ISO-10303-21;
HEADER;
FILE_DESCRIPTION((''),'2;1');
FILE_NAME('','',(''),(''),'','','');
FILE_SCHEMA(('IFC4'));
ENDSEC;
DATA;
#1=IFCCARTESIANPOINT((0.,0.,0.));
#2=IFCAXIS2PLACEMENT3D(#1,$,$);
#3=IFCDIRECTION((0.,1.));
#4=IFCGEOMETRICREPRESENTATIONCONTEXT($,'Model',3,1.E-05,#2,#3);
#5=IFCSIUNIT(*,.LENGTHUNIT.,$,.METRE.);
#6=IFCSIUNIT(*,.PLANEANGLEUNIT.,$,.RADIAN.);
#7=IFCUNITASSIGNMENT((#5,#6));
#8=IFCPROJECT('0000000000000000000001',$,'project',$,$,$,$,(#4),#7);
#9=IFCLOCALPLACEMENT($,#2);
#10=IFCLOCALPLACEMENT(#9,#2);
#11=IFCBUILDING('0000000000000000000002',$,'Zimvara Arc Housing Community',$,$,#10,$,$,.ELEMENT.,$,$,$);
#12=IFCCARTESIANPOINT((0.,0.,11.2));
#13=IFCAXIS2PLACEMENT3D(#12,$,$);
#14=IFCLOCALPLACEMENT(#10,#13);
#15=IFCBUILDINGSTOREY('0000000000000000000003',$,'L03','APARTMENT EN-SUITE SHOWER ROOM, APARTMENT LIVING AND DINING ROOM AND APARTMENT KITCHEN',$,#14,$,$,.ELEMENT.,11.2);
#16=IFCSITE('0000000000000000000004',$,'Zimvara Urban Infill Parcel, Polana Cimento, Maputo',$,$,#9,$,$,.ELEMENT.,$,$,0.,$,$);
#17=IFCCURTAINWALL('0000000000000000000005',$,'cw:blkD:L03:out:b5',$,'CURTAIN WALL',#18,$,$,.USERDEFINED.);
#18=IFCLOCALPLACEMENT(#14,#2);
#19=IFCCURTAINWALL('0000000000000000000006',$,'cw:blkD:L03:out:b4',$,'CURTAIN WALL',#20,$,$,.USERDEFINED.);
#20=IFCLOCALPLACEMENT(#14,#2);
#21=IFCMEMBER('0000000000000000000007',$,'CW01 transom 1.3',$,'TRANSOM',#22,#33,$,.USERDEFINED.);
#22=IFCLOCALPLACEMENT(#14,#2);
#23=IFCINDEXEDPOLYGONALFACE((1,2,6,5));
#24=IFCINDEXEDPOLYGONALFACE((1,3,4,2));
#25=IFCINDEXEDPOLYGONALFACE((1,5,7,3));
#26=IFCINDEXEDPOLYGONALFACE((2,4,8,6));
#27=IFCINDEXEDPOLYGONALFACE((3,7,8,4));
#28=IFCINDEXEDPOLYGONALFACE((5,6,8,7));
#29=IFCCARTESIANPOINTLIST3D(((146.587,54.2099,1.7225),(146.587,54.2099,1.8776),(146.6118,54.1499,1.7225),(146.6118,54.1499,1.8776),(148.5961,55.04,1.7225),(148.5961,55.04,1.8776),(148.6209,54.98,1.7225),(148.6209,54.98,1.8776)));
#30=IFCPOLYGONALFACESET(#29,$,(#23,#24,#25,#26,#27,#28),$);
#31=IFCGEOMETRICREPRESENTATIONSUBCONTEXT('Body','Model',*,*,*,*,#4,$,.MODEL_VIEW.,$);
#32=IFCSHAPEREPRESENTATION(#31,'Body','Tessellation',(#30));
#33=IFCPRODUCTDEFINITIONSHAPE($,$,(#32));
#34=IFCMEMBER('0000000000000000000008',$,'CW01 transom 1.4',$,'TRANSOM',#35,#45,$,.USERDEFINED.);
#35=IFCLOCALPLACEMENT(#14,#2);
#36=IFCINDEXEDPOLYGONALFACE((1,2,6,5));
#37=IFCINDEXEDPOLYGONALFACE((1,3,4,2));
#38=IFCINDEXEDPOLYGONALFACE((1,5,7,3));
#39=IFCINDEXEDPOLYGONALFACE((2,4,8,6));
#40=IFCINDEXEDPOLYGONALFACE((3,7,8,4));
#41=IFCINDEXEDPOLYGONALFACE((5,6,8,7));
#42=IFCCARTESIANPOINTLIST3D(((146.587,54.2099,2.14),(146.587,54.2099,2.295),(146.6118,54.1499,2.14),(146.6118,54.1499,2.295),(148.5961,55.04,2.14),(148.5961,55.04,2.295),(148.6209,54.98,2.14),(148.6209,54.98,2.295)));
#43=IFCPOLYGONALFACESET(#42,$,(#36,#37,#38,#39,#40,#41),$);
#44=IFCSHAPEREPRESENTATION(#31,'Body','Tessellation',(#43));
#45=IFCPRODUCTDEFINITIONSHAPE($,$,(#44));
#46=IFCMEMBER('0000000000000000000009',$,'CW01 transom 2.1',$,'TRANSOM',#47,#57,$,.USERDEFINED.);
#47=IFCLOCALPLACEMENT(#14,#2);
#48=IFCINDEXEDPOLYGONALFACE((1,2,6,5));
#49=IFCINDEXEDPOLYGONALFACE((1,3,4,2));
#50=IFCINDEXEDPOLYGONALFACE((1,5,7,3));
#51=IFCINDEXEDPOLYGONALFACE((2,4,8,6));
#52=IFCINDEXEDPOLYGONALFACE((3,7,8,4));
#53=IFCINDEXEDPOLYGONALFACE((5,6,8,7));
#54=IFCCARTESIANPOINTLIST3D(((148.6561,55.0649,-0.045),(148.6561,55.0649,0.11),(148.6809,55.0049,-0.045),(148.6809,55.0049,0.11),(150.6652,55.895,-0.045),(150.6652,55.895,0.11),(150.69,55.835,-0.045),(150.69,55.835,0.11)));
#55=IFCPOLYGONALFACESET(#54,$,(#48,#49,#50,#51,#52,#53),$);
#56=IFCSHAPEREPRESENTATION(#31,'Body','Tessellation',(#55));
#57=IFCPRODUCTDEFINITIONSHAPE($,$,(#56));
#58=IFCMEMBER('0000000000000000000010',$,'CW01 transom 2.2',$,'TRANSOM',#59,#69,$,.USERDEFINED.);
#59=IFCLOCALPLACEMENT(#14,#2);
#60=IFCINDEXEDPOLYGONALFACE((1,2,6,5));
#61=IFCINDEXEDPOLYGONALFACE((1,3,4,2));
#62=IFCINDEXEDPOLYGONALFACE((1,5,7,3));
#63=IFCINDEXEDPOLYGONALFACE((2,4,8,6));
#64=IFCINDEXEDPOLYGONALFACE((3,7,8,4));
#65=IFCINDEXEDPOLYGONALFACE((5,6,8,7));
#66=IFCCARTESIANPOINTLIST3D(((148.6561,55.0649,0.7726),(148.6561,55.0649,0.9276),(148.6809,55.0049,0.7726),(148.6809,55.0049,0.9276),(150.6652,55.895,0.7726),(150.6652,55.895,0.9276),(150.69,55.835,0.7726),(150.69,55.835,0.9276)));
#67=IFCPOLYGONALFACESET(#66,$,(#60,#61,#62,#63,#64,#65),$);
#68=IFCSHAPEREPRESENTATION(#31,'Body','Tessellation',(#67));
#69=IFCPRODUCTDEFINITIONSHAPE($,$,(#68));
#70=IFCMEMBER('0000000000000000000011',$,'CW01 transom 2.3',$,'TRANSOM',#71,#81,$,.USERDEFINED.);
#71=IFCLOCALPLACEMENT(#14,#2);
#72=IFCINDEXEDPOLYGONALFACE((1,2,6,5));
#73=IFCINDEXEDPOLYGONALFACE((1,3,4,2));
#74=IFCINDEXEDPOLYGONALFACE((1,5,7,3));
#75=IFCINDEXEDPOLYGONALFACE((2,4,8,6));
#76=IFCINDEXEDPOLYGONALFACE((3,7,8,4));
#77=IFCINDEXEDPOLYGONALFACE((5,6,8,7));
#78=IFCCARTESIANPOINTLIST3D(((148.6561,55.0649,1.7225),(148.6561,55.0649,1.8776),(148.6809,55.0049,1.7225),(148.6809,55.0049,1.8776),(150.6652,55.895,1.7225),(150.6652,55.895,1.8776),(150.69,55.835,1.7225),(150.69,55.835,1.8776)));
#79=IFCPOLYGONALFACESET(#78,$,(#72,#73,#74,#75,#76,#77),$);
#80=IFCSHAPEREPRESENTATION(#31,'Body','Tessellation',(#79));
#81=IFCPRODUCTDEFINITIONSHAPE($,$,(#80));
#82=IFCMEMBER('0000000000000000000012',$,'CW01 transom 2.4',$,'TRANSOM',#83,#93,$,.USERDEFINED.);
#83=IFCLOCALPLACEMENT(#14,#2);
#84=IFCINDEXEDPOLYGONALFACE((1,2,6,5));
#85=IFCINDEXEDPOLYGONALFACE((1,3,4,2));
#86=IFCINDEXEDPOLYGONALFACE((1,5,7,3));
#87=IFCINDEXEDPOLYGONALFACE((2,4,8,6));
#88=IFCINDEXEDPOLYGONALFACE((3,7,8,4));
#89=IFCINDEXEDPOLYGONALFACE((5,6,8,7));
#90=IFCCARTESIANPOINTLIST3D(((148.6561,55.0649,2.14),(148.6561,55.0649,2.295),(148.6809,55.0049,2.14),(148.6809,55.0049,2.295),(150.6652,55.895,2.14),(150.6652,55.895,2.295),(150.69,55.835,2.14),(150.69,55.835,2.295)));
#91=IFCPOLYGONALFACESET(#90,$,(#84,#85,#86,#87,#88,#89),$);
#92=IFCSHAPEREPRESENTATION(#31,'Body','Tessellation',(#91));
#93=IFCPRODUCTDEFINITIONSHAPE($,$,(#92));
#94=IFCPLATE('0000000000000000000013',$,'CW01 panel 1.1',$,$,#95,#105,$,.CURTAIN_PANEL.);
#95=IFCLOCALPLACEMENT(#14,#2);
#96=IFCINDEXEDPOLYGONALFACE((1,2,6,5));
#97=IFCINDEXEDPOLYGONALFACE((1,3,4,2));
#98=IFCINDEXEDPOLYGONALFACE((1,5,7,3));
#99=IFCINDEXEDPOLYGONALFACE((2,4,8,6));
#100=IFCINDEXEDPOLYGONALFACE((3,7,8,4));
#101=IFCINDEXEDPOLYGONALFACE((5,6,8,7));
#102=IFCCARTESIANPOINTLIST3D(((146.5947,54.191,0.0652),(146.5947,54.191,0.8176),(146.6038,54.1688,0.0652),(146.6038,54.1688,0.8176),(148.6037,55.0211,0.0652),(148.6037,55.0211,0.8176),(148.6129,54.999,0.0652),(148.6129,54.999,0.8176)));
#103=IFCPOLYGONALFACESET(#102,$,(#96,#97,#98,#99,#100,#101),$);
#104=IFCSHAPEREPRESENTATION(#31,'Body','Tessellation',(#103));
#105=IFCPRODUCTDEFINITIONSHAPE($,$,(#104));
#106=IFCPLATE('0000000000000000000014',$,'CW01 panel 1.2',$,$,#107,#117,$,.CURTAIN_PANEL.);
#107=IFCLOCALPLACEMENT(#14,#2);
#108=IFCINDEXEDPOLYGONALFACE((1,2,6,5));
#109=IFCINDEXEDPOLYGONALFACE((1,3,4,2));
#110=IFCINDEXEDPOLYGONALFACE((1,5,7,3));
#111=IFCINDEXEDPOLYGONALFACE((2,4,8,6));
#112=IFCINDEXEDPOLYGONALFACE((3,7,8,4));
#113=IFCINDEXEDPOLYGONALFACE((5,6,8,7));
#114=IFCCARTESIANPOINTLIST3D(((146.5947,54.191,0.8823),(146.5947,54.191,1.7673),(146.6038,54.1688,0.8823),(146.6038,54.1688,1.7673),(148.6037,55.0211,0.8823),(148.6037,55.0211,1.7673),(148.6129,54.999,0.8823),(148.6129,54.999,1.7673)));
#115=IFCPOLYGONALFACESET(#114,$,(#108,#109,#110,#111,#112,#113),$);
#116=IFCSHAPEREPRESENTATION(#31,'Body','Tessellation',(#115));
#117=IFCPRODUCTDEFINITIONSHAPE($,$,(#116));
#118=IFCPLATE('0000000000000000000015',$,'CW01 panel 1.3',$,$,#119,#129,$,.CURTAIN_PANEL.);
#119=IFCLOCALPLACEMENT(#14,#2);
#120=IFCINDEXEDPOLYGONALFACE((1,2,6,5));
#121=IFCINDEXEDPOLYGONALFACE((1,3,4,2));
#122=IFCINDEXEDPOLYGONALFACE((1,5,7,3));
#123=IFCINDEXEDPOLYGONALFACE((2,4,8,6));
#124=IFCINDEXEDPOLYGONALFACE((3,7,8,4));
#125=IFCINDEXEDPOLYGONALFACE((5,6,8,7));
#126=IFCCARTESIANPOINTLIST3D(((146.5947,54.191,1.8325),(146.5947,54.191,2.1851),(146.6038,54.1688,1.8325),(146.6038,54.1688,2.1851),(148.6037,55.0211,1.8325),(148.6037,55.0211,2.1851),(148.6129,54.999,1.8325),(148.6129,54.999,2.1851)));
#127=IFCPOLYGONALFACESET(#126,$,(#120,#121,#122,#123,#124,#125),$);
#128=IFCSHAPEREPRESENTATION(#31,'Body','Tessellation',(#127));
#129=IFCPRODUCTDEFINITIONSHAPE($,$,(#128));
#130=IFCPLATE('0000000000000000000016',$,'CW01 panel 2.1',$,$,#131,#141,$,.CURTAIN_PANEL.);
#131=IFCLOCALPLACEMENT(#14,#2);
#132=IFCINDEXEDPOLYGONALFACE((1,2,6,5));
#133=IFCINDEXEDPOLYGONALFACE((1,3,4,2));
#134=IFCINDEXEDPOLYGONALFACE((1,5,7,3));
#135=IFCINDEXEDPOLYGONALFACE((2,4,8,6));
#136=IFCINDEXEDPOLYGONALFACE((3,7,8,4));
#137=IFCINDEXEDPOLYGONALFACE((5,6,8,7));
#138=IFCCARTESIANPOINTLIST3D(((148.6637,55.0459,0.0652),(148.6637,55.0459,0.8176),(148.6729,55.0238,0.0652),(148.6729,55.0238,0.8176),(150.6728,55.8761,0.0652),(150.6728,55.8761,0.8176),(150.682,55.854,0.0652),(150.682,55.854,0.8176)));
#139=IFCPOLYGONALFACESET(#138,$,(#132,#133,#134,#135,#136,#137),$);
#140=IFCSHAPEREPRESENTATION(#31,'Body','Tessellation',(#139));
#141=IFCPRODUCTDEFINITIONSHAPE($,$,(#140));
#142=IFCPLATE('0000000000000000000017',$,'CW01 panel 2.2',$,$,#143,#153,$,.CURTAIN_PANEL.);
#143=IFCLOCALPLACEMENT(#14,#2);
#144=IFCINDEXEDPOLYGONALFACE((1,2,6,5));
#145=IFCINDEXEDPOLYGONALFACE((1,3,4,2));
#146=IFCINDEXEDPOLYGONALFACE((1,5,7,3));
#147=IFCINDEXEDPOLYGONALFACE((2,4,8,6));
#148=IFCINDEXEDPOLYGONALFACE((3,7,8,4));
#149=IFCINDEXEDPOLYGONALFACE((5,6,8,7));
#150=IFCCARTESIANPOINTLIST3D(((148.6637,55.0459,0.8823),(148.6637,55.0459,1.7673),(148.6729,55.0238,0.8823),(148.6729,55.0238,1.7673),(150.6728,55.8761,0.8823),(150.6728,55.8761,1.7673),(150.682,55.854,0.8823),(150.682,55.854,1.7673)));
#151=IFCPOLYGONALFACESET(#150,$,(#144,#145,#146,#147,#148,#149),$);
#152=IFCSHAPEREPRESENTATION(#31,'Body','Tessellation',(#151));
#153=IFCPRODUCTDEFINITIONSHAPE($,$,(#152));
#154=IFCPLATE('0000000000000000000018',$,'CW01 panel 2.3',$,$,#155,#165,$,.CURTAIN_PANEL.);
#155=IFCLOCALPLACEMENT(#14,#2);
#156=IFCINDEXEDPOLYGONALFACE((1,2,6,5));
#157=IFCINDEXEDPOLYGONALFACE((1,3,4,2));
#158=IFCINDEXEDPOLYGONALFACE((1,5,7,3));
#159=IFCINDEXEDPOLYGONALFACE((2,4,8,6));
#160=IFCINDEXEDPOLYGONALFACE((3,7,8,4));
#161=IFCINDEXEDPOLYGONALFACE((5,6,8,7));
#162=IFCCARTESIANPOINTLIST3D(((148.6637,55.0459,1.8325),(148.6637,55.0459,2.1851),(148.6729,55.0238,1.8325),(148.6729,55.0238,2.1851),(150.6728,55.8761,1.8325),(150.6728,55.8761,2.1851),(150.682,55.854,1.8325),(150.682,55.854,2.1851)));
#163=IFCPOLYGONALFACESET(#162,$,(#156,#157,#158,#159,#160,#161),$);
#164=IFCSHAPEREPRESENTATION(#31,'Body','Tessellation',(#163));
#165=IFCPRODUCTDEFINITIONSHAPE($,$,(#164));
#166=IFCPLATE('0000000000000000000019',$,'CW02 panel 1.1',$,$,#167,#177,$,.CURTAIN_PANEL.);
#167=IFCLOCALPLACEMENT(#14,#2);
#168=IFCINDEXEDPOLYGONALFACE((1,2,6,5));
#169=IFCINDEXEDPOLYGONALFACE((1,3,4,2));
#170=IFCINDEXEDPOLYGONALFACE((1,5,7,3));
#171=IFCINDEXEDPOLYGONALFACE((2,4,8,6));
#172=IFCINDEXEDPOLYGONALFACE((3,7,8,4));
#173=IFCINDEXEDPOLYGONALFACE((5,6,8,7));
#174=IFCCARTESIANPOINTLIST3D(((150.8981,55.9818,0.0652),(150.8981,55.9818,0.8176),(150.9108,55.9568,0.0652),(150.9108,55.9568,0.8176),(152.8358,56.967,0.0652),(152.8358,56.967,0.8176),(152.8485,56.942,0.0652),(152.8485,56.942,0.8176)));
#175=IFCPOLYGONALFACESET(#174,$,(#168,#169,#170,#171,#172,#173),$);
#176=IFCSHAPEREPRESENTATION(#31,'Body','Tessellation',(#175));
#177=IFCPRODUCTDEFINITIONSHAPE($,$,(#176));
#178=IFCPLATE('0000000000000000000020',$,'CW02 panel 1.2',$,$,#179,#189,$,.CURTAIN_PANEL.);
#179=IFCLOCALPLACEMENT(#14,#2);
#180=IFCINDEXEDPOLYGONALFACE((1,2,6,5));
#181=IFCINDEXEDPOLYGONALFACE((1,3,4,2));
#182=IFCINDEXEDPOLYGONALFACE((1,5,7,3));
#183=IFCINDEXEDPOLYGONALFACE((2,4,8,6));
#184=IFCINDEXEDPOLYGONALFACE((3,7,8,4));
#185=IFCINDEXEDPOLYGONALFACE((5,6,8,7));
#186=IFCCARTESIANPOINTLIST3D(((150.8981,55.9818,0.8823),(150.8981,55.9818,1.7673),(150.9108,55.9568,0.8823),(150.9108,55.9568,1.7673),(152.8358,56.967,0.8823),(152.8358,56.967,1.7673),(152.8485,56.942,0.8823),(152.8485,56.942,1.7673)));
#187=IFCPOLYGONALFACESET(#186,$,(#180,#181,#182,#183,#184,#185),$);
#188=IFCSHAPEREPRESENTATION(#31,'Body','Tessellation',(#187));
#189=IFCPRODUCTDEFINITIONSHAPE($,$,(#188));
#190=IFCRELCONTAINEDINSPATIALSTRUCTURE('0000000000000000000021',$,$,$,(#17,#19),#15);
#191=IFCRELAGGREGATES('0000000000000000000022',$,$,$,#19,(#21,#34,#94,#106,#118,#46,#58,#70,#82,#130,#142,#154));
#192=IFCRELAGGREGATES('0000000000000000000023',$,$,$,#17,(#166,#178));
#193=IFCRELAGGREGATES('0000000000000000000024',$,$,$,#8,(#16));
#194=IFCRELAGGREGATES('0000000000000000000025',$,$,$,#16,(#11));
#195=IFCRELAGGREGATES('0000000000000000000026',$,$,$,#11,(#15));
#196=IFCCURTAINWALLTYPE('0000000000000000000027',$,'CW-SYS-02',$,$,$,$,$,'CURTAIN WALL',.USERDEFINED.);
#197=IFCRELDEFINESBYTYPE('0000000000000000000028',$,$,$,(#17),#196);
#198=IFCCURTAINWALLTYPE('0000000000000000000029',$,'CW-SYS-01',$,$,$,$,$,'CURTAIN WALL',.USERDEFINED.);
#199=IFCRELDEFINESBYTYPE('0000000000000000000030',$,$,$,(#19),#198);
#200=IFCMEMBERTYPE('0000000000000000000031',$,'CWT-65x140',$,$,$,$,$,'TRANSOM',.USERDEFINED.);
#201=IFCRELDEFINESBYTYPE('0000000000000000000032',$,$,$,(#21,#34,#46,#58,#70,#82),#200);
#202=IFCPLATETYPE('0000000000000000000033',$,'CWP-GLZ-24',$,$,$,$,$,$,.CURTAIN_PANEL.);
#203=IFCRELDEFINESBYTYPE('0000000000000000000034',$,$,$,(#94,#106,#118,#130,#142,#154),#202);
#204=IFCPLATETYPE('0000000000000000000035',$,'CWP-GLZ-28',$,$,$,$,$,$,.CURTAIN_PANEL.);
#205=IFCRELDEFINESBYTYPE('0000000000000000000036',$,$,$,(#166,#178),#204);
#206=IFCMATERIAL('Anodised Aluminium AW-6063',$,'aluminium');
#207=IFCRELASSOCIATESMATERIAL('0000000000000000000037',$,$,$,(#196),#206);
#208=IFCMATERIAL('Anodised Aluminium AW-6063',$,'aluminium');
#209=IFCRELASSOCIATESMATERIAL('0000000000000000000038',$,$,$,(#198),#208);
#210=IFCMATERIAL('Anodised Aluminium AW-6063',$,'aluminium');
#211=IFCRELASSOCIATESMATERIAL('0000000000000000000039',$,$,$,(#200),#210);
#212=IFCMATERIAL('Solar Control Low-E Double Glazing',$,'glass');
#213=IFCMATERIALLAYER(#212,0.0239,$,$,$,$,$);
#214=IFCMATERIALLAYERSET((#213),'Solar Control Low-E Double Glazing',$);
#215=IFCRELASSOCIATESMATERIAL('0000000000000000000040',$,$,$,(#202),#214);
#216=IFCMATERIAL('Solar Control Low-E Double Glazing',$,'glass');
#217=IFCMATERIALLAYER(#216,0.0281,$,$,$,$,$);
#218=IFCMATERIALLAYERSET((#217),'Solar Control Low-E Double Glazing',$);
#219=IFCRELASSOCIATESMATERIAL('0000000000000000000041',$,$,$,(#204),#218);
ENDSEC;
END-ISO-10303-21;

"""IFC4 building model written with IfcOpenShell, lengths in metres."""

from ifc_helpers import new_model, si_unit, direction, frame, origin, origin_2d, place, context, subcontext, project, spatial, rectangle, extrude, material, layer, layer_set, material_profile, profile_set, type_object, element, aggregate, save


model = new_model("IFC4")

# Units and contexts
model_context = context("Model", 3, precision=1e-05, world=origin(), true_north=direction((0.0, 1.0)))
body_context = subcontext(model_context, "Body", "Model", "MODEL_VIEW")
ifc_project = project(units=[si_unit("LENGTHUNIT", "METRE"), si_unit("PLANEANGLEUNIT", "RADIAN")], contexts=[model_context])

# Site, building, storey
site_placement = place(None, origin())
site = spatial("IfcSite", under=ifc_project, at=site_placement, Name="Zimvara Urban Infill Parcel, Polana Cimento, Maputo", CompositionType="ELEMENT", RefElevation=0.0)
building_placement = place(site_placement, origin())
building = spatial("IfcBuilding", under=site, at=building_placement, Name="Zimvara Arc Housing Community", CompositionType="ELEMENT")
storey_placement = place(building_placement, frame((0.0, 0.0, 11.2)))
storey = spatial("IfcBuildingStorey", under=building, at=storey_placement, Name="L03", Description="APARTMENT EN-SUITE SHOWER ROOM, APARTMENT LIVING AND DINING ROOM AND APARTMENT KITCHEN", CompositionType="ELEMENT", Elevation=11.2)

# Curtain wall
ifc_material_1 = material(Name="Anodised Aluminium AW-6063", Category="aluminium")
curtain_wall_type_1 = type_object("IfcCurtainWallType", Name="CW-SYS-02", ElementType="CURTAIN WALL", PredefinedType="USERDEFINED", material=ifc_material_1)
curtain_wall_1_placement = place(storey_placement, origin())
curtain_wall_1 = element("IfcCurtainWall", 1, at=curtain_wall_1_placement, inside=storey, type_object=curtain_wall_type_1, Name="cw:blkD:L03:out:b5", ObjectType="CURTAIN WALL", PredefinedType="USERDEFINED")

# Curtain wall
ifc_material_2 = material(Name="Anodised Aluminium AW-6063", Category="aluminium")
curtain_wall_type_2 = type_object("IfcCurtainWallType", Name="CW-SYS-01", ElementType="CURTAIN WALL", PredefinedType="USERDEFINED", material=ifc_material_2)
curtain_wall_2_placement = place(storey_placement, origin())
curtain_wall_2 = element("IfcCurtainWall", 2, at=curtain_wall_2_placement, inside=storey, type_object=curtain_wall_type_2, Name="cw:blkD:L03:out:b4", ObjectType="CURTAIN WALL", PredefinedType="USERDEFINED")

# Members
ifc_material_3 = material(Name="Anodised Aluminium AW-6063", Category="aluminium")
ifc_material_profile_1 = material_profile(ifc_material_3, rectangle(XDim=0.0649, YDim=0.155, at=origin_2d()), Name="ALU 65x155")
ifc_profile_set_1 = profile_set([ifc_material_profile_1], Name="Anodised Aluminium AW-6063")
member_type_1 = type_object("IfcMemberType", Name="CWT-65x140", ElementType="TRANSOM", PredefinedType="USERDEFINED", material=ifc_profile_set_1)
member_1_placement = place(storey_placement, frame((146.5994, 54.1799, 1.8), z_axis=(0.924219, 0.381862, 0.0), x_axis=(-0.381862, 0.924219, 0.0)))
member_1 = element("IfcMember", 3, at=member_1_placement, type_object=member_type_1, Name="CW01 transom 1.3", ObjectType="TRANSOM", PredefinedType="USERDEFINED", context=body_context, shape_type="SweptSolid", body=[
    extrude(rectangle(XDim=0.0649, YDim=0.155, at=origin_2d()), origin(), (0.0, 0.0, 1.0), 2.1738),
])
member_2_placement = place(storey_placement, frame((146.5994, 54.1799, 2.2175), z_axis=(0.924219, 0.381862, 0.0), x_axis=(-0.381862, 0.924219, 0.0)))
member_2 = element("IfcMember", 4, at=member_2_placement, type_object=member_type_1, Name="CW01 transom 1.4", ObjectType="TRANSOM", PredefinedType="USERDEFINED", context=body_context, shape_type="SweptSolid", body=[
    extrude(rectangle(XDim=0.0649, YDim=0.155, at=origin_2d()), origin(), (0.0, 0.0, 1.0), 2.1738),
])
member_3_placement = place(storey_placement, frame((148.6685, 55.0349, 0.0325), z_axis=(0.924219, 0.381862, 0.0), x_axis=(-0.381862, 0.924219, 0.0)))
member_3 = element("IfcMember", 5, at=member_3_placement, type_object=member_type_1, Name="CW01 transom 2.1", ObjectType="TRANSOM", PredefinedType="USERDEFINED", context=body_context, shape_type="SweptSolid", body=[
    extrude(rectangle(XDim=0.0649, YDim=0.155, at=origin_2d()), origin(), (0.0, 0.0, 1.0), 2.1738),
])
member_4_placement = place(storey_placement, frame((148.6685, 55.0349, 0.8501), z_axis=(0.924219, 0.381862, 0.0), x_axis=(-0.381862, 0.924219, 0.0)))
member_4 = element("IfcMember", 6, at=member_4_placement, type_object=member_type_1, Name="CW01 transom 2.2", ObjectType="TRANSOM", PredefinedType="USERDEFINED", context=body_context, shape_type="SweptSolid", body=[
    extrude(rectangle(XDim=0.0649, YDim=0.155, at=origin_2d()), origin(), (0.0, 0.0, 1.0), 2.1738),
])
member_5_placement = place(storey_placement, frame((148.6685, 55.0349, 1.8), z_axis=(0.924219, 0.381862, 0.0), x_axis=(-0.381862, 0.924219, 0.0)))
member_5 = element("IfcMember", 7, at=member_5_placement, type_object=member_type_1, Name="CW01 transom 2.3", ObjectType="TRANSOM", PredefinedType="USERDEFINED", context=body_context, shape_type="SweptSolid", body=[
    extrude(rectangle(XDim=0.0649, YDim=0.155, at=origin_2d()), origin(), (0.0, 0.0, 1.0), 2.1738),
])
member_6_placement = place(storey_placement, frame((148.6685, 55.0349, 2.2175), z_axis=(0.924219, 0.381862, 0.0), x_axis=(-0.381862, 0.924219, 0.0)))
member_6 = element("IfcMember", 8, at=member_6_placement, type_object=member_type_1, Name="CW01 transom 2.4", ObjectType="TRANSOM", PredefinedType="USERDEFINED", context=body_context, shape_type="SweptSolid", body=[
    extrude(rectangle(XDim=0.0649, YDim=0.155, at=origin_2d()), origin(), (0.0, 0.0, 1.0), 2.1738),
])

# Plates
ifc_material_4 = material(Name="Solar Control Low-E Double Glazing", Category="glass")
ifc_layer_1 = layer(ifc_material_4, 0.0239)
ifc_layer_set_1 = layer_set([ifc_layer_1], Name="Solar Control Low-E Double Glazing")
plate_type_1 = type_object("IfcPlateType", Name="CWP-GLZ-24", PredefinedType="CURTAIN_PANEL", material=ifc_layer_set_1)
plate_1_placement = place(storey_placement, frame((147.6038, 54.595, 0.0652), z_axis=(0.0, 0.0, 1.0), x_axis=(0.924213, 0.381876, 0.0)))
plate_1 = element("IfcPlate", 9, at=plate_1_placement, type_object=plate_type_1, Name="CW01 panel 1.1", PredefinedType="CURTAIN_PANEL", context=body_context, shape_type="SweptSolid", body=[
    extrude(rectangle(XDim=2.1738, YDim=0.0239, at=origin_2d()), origin(), (0.0, 0.0, 1.0), 0.7524),
])
plate_2_placement = place(storey_placement, frame((147.6038, 54.595, 0.8823), z_axis=(0.0, 0.0, 1.0), x_axis=(0.924213, 0.381876, 0.0)))
plate_2 = element("IfcPlate", 10, at=plate_2_placement, type_object=plate_type_1, Name="CW01 panel 1.2", PredefinedType="CURTAIN_PANEL", context=body_context, shape_type="SweptSolid", body=[
    extrude(rectangle(XDim=2.1738, YDim=0.0239, at=origin_2d()), origin(), (0.0, 0.0, 1.0), 0.885),
])
plate_3_placement = place(storey_placement, frame((147.6038, 54.595, 1.8325), z_axis=(0.0, 0.0, 1.0), x_axis=(0.924213, 0.381876, 0.0)))
plate_3 = element("IfcPlate", 11, at=plate_3_placement, type_object=plate_type_1, Name="CW01 panel 1.3", PredefinedType="CURTAIN_PANEL", context=body_context, shape_type="SweptSolid", body=[
    extrude(rectangle(XDim=2.1738, YDim=0.0239, at=origin_2d()), origin(), (0.0, 0.0, 1.0), 0.3525),
])
plate_4_placement = place(storey_placement, frame((149.6729, 55.45, 0.0652), z_axis=(0.0, 0.0, 1.0), x_axis=(0.924213, 0.381876, 0.0)))
plate_4 = element("IfcPlate", 12, at=plate_4_placement, type_object=plate_type_1, Name="CW01 panel 2.1", PredefinedType="CURTAIN_PANEL", context=body_context, shape_type="SweptSolid", body=[
    extrude(rectangle(XDim=2.1738, YDim=0.0239, at=origin_2d()), origin(), (0.0, 0.0, 1.0), 0.7524),
])
plate_5_placement = place(storey_placement, frame((149.6729, 55.45, 0.8823), z_axis=(0.0, 0.0, 1.0), x_axis=(0.924213, 0.381876, 0.0)))
plate_5 = element("IfcPlate", 13, at=plate_5_placement, type_object=plate_type_1, Name="CW01 panel 2.2", PredefinedType="CURTAIN_PANEL", context=body_context, shape_type="SweptSolid", body=[
    extrude(rectangle(XDim=2.1738, YDim=0.0239, at=origin_2d()), origin(), (0.0, 0.0, 1.0), 0.885),
])
plate_6_placement = place(storey_placement, frame((149.6729, 55.45, 1.8325), z_axis=(0.0, 0.0, 1.0), x_axis=(0.924213, 0.381876, 0.0)))
plate_6 = element("IfcPlate", 14, at=plate_6_placement, type_object=plate_type_1, Name="CW01 panel 2.3", PredefinedType="CURTAIN_PANEL", context=body_context, shape_type="SweptSolid", body=[
    extrude(rectangle(XDim=2.1738, YDim=0.0239, at=origin_2d()), origin(), (0.0, 0.0, 1.0), 0.3525),
])
aggregate(curtain_wall_2, [member_1, member_2, plate_1, plate_2, plate_3, member_3, member_4, member_5, member_6, plate_4, plate_5, plate_6])
ifc_material_5 = material(Name="Solar Control Low-E Double Glazing", Category="glass")
ifc_layer_2 = layer(ifc_material_5, 0.0281)
ifc_layer_set_2 = layer_set([ifc_layer_2], Name="Solar Control Low-E Double Glazing")
plate_type_2 = type_object("IfcPlateType", Name="CWP-GLZ-28", PredefinedType="CURTAIN_PANEL", material=ifc_layer_set_2)
plate_7_placement = place(storey_placement, frame((151.8733, 56.4619, 0.0652), z_axis=(0.0, 0.0, 1.0), x_axis=(0.891403, 0.453212, 0.0)))
plate_7 = element("IfcPlate", 15, at=plate_7_placement, type_object=plate_type_2, Name="CW02 panel 1.1", PredefinedType="CURTAIN_PANEL", context=body_context, shape_type="SweptSolid", body=[
    extrude(rectangle(XDim=2.1738, YDim=0.0281, at=origin_2d()), origin(), (0.0, 0.0, 1.0), 0.7524),
])
plate_8_placement = place(storey_placement, frame((151.8733, 56.4619, 0.8823), z_axis=(0.0, 0.0, 1.0), x_axis=(0.891403, 0.453212, 0.0)))
plate_8 = element("IfcPlate", 16, at=plate_8_placement, type_object=plate_type_2, Name="CW02 panel 1.2", PredefinedType="CURTAIN_PANEL", context=body_context, shape_type="SweptSolid", body=[
    extrude(rectangle(XDim=2.1738, YDim=0.0281, at=origin_2d()), origin(), (0.0, 0.0, 1.0), 0.885),
])
aggregate(curtain_wall_1, [plate_7, plate_8])

save(model, "model.ifc")
